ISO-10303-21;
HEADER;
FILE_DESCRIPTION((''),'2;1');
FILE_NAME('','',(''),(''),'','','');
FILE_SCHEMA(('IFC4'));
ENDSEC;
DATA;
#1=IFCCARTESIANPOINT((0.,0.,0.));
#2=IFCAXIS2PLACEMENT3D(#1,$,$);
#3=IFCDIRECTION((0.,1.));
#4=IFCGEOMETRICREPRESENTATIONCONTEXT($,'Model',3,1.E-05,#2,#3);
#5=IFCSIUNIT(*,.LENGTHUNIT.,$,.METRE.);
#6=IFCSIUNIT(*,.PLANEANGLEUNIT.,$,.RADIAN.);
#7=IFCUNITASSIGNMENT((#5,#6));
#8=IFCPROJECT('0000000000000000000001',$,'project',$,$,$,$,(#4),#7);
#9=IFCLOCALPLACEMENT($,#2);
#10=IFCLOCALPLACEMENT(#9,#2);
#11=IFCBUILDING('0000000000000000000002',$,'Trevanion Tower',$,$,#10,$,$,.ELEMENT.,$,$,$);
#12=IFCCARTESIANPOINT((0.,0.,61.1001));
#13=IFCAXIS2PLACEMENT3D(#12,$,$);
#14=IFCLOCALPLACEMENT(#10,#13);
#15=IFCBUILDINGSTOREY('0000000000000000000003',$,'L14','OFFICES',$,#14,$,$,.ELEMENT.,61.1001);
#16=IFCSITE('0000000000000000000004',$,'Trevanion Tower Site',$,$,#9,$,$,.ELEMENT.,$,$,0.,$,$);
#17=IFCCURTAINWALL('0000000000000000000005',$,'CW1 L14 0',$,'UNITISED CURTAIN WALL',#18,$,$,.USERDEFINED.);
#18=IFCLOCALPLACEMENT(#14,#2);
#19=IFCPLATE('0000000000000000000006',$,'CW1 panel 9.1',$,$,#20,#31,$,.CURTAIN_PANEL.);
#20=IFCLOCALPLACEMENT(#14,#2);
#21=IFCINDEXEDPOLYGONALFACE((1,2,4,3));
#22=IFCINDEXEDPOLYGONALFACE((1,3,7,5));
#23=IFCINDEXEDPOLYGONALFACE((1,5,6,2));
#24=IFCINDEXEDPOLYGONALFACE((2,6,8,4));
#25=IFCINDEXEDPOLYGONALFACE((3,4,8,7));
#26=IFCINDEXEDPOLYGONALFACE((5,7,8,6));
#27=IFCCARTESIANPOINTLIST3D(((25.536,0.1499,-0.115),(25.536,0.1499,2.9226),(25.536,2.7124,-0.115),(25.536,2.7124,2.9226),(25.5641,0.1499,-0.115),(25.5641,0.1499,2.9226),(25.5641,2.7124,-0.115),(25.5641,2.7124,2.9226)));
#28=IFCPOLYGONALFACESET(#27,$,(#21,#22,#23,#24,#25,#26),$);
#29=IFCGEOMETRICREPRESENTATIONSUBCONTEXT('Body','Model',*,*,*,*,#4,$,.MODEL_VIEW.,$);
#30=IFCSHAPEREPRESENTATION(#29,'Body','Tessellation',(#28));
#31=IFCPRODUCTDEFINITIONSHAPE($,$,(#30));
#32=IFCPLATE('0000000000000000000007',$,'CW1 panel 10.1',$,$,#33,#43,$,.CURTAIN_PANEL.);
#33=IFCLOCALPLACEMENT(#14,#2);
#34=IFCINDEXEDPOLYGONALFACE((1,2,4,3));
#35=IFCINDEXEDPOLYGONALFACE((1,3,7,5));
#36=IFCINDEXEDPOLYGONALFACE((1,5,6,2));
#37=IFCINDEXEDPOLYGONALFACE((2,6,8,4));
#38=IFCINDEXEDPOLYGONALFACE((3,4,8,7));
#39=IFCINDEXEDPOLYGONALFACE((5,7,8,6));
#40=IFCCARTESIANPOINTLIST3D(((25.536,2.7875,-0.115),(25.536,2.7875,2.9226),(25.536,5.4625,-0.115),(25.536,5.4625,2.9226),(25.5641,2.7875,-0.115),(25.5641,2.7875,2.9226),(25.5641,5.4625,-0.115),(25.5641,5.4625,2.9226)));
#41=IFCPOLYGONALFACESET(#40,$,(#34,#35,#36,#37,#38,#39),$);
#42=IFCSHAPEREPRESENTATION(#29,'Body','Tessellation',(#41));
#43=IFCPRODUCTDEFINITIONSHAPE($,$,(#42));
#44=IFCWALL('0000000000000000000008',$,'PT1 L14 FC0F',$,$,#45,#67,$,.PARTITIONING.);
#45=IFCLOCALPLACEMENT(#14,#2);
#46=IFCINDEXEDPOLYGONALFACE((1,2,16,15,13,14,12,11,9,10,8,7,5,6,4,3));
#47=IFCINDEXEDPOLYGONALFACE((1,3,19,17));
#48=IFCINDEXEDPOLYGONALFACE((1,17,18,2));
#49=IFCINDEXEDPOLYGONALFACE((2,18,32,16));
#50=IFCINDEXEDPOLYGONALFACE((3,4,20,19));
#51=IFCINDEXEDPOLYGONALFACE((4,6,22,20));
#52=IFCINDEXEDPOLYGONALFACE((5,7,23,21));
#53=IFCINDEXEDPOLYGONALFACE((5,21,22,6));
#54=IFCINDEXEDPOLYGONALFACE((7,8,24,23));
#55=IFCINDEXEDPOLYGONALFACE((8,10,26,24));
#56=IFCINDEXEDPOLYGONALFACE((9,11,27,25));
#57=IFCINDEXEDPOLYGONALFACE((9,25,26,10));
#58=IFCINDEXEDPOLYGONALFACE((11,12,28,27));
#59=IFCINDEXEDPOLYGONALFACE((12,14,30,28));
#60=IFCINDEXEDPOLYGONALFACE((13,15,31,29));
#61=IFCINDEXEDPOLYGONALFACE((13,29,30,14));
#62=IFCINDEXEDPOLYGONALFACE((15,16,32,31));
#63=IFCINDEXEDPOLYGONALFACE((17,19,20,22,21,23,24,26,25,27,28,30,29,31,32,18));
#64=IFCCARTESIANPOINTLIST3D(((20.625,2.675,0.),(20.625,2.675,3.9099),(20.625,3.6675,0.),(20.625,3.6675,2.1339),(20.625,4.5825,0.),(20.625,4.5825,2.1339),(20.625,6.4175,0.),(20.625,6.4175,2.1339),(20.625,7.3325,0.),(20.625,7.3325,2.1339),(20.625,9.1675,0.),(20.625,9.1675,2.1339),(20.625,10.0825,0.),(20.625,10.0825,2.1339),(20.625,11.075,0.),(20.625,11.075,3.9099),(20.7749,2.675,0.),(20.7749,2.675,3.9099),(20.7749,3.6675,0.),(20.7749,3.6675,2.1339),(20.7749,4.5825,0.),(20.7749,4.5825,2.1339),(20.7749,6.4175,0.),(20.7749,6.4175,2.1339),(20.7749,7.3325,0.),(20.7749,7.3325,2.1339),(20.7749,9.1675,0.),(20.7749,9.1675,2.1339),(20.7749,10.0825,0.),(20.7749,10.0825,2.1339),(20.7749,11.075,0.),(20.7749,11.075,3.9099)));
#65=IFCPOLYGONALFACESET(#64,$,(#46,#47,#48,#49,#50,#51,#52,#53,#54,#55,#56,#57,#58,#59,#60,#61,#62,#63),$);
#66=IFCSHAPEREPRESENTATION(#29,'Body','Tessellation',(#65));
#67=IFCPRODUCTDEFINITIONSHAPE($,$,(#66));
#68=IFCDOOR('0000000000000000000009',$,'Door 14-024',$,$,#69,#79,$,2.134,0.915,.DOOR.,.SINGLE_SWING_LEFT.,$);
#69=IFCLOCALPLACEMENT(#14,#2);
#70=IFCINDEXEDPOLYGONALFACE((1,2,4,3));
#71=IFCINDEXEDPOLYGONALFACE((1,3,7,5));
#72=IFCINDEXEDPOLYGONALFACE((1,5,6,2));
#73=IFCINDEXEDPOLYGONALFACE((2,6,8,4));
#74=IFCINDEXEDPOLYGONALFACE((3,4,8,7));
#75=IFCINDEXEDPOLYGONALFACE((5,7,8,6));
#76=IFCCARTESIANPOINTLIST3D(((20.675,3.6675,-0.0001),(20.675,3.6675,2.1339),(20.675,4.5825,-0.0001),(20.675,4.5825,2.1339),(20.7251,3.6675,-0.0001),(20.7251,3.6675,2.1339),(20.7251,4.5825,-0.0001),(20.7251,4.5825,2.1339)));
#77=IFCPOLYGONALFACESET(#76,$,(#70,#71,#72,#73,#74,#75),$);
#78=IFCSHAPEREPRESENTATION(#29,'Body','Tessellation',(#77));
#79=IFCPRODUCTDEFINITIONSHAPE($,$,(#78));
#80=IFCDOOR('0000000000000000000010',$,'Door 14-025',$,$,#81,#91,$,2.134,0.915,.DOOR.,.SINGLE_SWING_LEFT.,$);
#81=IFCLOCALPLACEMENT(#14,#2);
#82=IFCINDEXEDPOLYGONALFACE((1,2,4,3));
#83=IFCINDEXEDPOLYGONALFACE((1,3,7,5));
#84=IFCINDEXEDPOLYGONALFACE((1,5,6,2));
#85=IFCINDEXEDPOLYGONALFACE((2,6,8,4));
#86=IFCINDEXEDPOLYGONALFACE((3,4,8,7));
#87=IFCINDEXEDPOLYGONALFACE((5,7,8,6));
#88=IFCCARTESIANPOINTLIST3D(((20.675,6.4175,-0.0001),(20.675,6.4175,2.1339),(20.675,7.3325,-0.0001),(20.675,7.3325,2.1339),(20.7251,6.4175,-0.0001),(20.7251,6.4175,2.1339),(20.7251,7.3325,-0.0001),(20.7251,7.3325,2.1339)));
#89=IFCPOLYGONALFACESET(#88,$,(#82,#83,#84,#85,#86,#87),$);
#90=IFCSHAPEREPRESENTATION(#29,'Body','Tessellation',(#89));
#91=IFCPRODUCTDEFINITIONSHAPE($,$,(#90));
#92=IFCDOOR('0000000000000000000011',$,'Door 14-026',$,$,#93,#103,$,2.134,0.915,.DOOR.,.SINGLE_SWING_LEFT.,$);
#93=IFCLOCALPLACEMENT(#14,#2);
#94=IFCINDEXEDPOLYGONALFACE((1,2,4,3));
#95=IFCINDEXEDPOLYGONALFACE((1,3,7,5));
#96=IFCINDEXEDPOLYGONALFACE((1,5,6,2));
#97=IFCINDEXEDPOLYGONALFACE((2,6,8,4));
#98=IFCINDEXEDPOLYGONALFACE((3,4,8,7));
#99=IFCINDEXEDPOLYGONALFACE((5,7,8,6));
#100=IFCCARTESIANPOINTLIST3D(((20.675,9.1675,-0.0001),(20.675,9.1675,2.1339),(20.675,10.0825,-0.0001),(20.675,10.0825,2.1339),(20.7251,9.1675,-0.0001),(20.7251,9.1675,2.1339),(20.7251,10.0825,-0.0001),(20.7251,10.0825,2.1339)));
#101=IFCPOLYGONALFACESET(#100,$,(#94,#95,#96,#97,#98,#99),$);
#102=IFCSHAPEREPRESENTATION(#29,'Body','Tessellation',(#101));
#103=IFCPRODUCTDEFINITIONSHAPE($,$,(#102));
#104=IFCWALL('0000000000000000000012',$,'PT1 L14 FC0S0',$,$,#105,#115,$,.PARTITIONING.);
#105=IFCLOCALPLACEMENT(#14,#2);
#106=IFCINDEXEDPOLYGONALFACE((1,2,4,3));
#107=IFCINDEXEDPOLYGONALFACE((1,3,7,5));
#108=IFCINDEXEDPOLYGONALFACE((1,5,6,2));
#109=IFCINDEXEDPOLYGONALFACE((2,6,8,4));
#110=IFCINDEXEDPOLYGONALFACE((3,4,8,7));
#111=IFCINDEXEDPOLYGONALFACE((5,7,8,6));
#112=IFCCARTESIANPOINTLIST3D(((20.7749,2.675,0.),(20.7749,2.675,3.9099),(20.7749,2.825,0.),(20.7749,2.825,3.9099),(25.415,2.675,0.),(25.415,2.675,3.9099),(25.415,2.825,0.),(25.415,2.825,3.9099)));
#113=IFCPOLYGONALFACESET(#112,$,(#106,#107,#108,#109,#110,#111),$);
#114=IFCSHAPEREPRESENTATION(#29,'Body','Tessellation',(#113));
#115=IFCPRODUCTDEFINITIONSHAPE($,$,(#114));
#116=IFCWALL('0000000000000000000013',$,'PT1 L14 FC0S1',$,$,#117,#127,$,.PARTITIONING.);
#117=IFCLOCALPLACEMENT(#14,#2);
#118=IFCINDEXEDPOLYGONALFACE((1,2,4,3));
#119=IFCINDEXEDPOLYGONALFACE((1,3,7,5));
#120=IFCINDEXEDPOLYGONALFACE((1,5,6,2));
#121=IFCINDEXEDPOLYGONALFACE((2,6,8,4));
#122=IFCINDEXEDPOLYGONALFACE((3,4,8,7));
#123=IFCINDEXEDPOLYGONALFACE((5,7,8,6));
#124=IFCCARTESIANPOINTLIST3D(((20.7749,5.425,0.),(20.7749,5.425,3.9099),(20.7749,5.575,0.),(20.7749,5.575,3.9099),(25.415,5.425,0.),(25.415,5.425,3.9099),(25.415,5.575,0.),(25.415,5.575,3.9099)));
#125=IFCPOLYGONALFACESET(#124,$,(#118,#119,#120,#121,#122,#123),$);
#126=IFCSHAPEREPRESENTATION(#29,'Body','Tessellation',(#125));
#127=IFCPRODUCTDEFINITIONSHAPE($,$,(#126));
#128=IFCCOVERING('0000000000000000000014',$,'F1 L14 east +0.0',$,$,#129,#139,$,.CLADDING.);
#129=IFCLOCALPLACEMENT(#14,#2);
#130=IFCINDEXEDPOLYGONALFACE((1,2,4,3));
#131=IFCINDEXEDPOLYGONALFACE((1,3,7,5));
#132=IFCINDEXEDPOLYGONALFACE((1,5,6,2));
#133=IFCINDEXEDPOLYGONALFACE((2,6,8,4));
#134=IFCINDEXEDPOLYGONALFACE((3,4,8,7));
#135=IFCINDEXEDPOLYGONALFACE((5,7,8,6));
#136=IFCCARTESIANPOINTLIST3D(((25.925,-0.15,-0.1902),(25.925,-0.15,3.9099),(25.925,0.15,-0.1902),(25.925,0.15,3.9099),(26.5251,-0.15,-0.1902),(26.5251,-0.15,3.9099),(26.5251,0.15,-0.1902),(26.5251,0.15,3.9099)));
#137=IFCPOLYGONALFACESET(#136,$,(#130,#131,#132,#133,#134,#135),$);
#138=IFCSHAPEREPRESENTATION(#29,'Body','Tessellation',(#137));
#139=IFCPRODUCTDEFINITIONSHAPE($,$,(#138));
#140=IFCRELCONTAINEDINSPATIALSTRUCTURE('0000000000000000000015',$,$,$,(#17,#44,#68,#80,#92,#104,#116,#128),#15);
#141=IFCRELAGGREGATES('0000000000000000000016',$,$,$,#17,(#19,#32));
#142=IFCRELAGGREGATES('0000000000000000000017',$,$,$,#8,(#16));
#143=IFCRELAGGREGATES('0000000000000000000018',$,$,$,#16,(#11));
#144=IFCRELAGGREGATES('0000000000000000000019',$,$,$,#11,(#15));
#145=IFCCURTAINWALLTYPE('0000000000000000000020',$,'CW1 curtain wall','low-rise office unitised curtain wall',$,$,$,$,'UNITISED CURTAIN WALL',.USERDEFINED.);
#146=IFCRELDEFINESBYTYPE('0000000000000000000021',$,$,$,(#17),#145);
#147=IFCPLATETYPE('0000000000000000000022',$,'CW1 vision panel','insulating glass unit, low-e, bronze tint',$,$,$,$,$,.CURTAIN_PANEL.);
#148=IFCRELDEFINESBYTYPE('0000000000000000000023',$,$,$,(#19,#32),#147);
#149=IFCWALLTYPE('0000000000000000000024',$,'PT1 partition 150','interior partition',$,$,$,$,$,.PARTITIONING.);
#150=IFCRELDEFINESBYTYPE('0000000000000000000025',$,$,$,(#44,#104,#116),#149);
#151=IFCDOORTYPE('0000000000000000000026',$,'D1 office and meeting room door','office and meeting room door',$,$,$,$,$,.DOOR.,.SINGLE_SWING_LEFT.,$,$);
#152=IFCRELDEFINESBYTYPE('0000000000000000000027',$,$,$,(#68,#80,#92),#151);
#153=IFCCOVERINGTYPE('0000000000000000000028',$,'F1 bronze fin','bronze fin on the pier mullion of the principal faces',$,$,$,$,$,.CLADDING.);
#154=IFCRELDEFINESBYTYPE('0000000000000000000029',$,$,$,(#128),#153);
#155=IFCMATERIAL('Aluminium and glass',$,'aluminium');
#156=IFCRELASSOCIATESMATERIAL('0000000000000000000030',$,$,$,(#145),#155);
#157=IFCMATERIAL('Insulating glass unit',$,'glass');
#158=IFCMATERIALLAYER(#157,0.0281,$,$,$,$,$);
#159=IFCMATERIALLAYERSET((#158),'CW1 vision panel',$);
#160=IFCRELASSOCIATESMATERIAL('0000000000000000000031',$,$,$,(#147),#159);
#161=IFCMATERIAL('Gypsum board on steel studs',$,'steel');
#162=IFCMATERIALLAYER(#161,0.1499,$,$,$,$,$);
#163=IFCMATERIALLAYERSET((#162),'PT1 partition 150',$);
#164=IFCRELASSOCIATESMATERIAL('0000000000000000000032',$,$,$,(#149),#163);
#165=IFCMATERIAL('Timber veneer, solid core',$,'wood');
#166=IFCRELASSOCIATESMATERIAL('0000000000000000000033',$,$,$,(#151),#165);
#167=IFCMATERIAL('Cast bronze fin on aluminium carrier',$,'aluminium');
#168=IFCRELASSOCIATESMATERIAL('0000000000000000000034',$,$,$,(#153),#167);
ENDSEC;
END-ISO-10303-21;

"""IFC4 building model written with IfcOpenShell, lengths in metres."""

from ifc_helpers import new_model, si_unit, direction, frame, frame_2d, origin, origin_2d, place, context, subcontext, project, spatial, rectangle, extrude, material, layer, layer_set, type_object, element, fill, aggregate, save


model = new_model("IFC4")

# Units and contexts
model_context = context("Model", 3, precision=1e-05, world=origin(), true_north=direction((0.0, 1.0)))
body_context = subcontext(model_context, "Body", "Model", "MODEL_VIEW")
ifc_project = project(units=[si_unit("LENGTHUNIT", "METRE"), si_unit("PLANEANGLEUNIT", "RADIAN")], contexts=[model_context])

# Site, building, storey
site_placement = place(None, origin())
site = spatial("IfcSite", under=ifc_project, at=site_placement, Name="Trevanion Tower Site", CompositionType="ELEMENT", RefElevation=0.0)
building_placement = place(site_placement, origin())
building = spatial("IfcBuilding", under=site, at=building_placement, Name="Trevanion Tower", CompositionType="ELEMENT")
storey_placement = place(building_placement, frame((0.0, 0.0, 61.1001)))
storey = spatial("IfcBuildingStorey", under=building, at=storey_placement, Name="L14", Description="OFFICES", CompositionType="ELEMENT", Elevation=61.1001)

# Curtain wall
ifc_material_1 = material(Name="Aluminium and glass", Category="aluminium")
curtain_wall_type = type_object("IfcCurtainWallType", Name="CW1 curtain wall", Description="low-rise office unitised curtain wall", ElementType="UNITISED CURTAIN WALL", PredefinedType="USERDEFINED", material=ifc_material_1)
curtain_wall_placement = place(storey_placement, origin())
curtain_wall = element("IfcCurtainWall", 1, at=curtain_wall_placement, inside=storey, type_object=curtain_wall_type, Name="CW1 L14 0", ObjectType="UNITISED CURTAIN WALL", PredefinedType="USERDEFINED")

# Plates
ifc_material_2 = material(Name="Insulating glass unit", Category="glass")
ifc_layer_1 = layer(ifc_material_2, 0.0281)
ifc_layer_set_1 = layer_set([ifc_layer_1], Name="CW1 vision panel")
plate_type_1 = type_object("IfcPlateType", Name="CW1 vision panel", Description="insulating glass unit, low-e, bronze tint", PredefinedType="CURTAIN_PANEL", material=ifc_layer_set_1)
plate_1_placement = place(storey_placement, frame((25.55, 1.4312, -0.115), z_axis=(0.0, 0.0, 1.0), x_axis=(0.0, 1.0, 0.0)))
plate_1 = element("IfcPlate", 2, at=plate_1_placement, type_object=plate_type_1, Name="CW1 panel 9.1", PredefinedType="CURTAIN_PANEL", context=body_context, shape_type="SweptSolid", body=[
    extrude(rectangle(XDim=2.5625, YDim=0.0281, at=origin_2d()), origin(), (0.0, 0.0, 1.0), 3.0376),
])
plate_2_placement = place(storey_placement, frame((25.55, 4.125, -0.115), z_axis=(0.0, 0.0, 1.0), x_axis=(0.0, 1.0, 0.0)))
plate_2 = element("IfcPlate", 3, at=plate_2_placement, type_object=plate_type_1, Name="CW1 panel 10.1", PredefinedType="CURTAIN_PANEL", context=body_context, shape_type="SweptSolid", body=[
    extrude(rectangle(XDim=2.675, YDim=0.0281, at=origin_2d()), origin(), (0.0, 0.0, 1.0), 3.0376),
])
aggregate(curtain_wall, [plate_1, plate_2])

# Wall, openings, doors
ifc_material_3 = material(Name="Gypsum board on steel studs", Category="steel")
ifc_layer_2 = layer(ifc_material_3, 0.1499)
ifc_layer_set_2 = layer_set([ifc_layer_2], Name="PT1 partition 150")
wall_type = type_object("IfcWallType", Name="PT1 partition 150", Description="interior partition", PredefinedType="PARTITIONING", material=ifc_layer_set_2)
wall_placement = place(storey_placement, frame((20.7, 2.675, 0.0), z_axis=(0.0, 0.0, 1.0), x_axis=(0.0, 1.0, 0.0)))
wall = element("IfcWall", 4, at=wall_placement, inside=storey, type_object=wall_type, Name="PT1 L14 FC0F", PredefinedType="PARTITIONING", context=body_context, shape_type="SweptSolid", body=[
    extrude(rectangle(XDim=8.3999, YDim=0.1499, at=frame_2d((4.2, 0.0))), origin(), (0.0, 0.0, 1.0), 3.9099),
])
opening_1_placement = place(wall_placement, frame((0.9924, 0.0, 0.0)))
opening_1 = element("IfcOpeningElement", 5, at=opening_1_placement, cuts=wall, PredefinedType="OPENING", context=body_context, shape_type="SweptSolid", body=[
    extrude(rectangle(XDim=0.915, YDim=2.134, at=frame_2d((0.4575, 1.0669))), frame((0.0, 0.085, 0.0), z_axis=(0.0, -1.0, 0.0), x_axis=(1.0, 0.0, 0.0)), (0.0, 0.0, 1.0), 0.1699),
])
opening_2_placement = place(wall_placement, frame((3.7424, 0.0, 0.0)))
opening_2 = element("IfcOpeningElement", 6, at=opening_2_placement, cuts=wall, PredefinedType="OPENING", context=body_context, shape_type="SweptSolid", body=[
    extrude(rectangle(XDim=0.915, YDim=2.134, at=frame_2d((0.4575, 1.0669))), frame((0.0, 0.085, 0.0), z_axis=(0.0, -1.0, 0.0), x_axis=(1.0, 0.0, 0.0)), (0.0, 0.0, 1.0), 0.1699),
])
opening_3_placement = place(wall_placement, frame((6.4924, 0.0, 0.0)))
opening_3 = element("IfcOpeningElement", 7, at=opening_3_placement, cuts=wall, PredefinedType="OPENING", context=body_context, shape_type="SweptSolid", body=[
    extrude(rectangle(XDim=0.915, YDim=2.134, at=frame_2d((0.4575, 1.0669))), frame((0.0, 0.085, 0.0), z_axis=(0.0, -1.0, 0.0), x_axis=(1.0, 0.0, 0.0)), (0.0, 0.0, 1.0), 0.1699),
])
ifc_material_4 = material(Name="Timber veneer, solid core", Category="wood")
door_type = type_object("IfcDoorType", Name="D1 office and meeting room door", Description="office and meeting room door", OperationType="SINGLE_SWING_LEFT", PredefinedType="DOOR", material=ifc_material_4)
door_1_placement = place(opening_1_placement, origin())
door_1 = element("IfcDoor", 8, at=door_1_placement, inside=storey, type_object=door_type, Name="Door 14-024", OperationType="SINGLE_SWING_LEFT", OverallHeight=2.134, OverallWidth=0.915, PredefinedType="DOOR", context=body_context, shape_type="SweptSolid", body=[
    extrude(rectangle(XDim=0.915, YDim=2.134, at=frame_2d((0.4575, 1.0669))), frame((0.0, 0.0249, 0.0), z_axis=(0.0, -1.0, 0.0), x_axis=(1.0, 0.0, 0.0)), (0.0, 0.0, 1.0), 0.05),
])
fill(opening_1, door_1)
door_2_placement = place(opening_2_placement, origin())
door_2 = element("IfcDoor", 9, at=door_2_placement, inside=storey, type_object=door_type, Name="Door 14-025", OperationType="SINGLE_SWING_LEFT", OverallHeight=2.134, OverallWidth=0.915, PredefinedType="DOOR", context=body_context, shape_type="SweptSolid", body=[
    extrude(rectangle(XDim=0.915, YDim=2.134, at=frame_2d((0.4575, 1.0669))), frame((0.0, 0.0249, 0.0), z_axis=(0.0, -1.0, 0.0), x_axis=(1.0, 0.0, 0.0)), (0.0, 0.0, 1.0), 0.05),
])
fill(opening_2, door_2)
door_3_placement = place(opening_3_placement, origin())
door_3 = element("IfcDoor", 10, at=door_3_placement, inside=storey, type_object=door_type, Name="Door 14-026", OperationType="SINGLE_SWING_LEFT", OverallHeight=2.134, OverallWidth=0.915, PredefinedType="DOOR", context=body_context, shape_type="SweptSolid", body=[
    extrude(rectangle(XDim=0.915, YDim=2.134, at=frame_2d((0.4575, 1.0669))), frame((0.0, 0.0249, 0.0), z_axis=(0.0, -1.0, 0.0), x_axis=(1.0, 0.0, 0.0)), (0.0, 0.0, 1.0), 0.05),
])
fill(opening_3, door_3)

# Walls
for number, where, z_axis, x_axis, name in (
    (11, (20.7749, 2.75, 0.0), (0.0, 0.0, 1.0), (1.0, 0.0, 0.0), "PT1 L14 FC0S0"),
    (12, (20.7749, 5.5, 0.0), (0.0, 0.0, 1.0), (1.0, 0.0, 0.0), "PT1 L14 FC0S1"),
):
    element("IfcWall", number, at=place(storey_placement, frame(where, z_axis=z_axis, x_axis=x_axis)), inside=storey, type_object=wall_type, Name=name, PredefinedType="PARTITIONING", context=body_context, shape_type="SweptSolid", body=[
        extrude(rectangle(XDim=4.6401, YDim=0.1499, at=frame_2d((2.3201, 0.0))), origin(), (0.0, 0.0, 1.0), 3.9099),
    ])

# Covering
ifc_material_5 = material(Name="Cast bronze fin on aluminium carrier", Category="aluminium")
covering_type = type_object("IfcCoveringType", Name="F1 bronze fin", Description="bronze fin on the pier mullion of the principal faces", PredefinedType="CLADDING", material=ifc_material_5)
covering_placement = place(storey_placement, frame((26.2251, 0.0, -0.1902), z_axis=(0.0, 0.0, 1.0), x_axis=(0.0, 1.0, 0.0)))
element("IfcCovering", 13, at=covering_placement, inside=storey, type_object=covering_type, Name="F1 L14 east +0.0", PredefinedType="CLADDING", context=body_context, shape_type="SweptSolid", body=[
    extrude(rectangle(XDim=0.3, YDim=0.6001, at=origin_2d()), origin(), (0.0, 0.0, 1.0), 4.1001),
])

save(model, "model.ifc")
